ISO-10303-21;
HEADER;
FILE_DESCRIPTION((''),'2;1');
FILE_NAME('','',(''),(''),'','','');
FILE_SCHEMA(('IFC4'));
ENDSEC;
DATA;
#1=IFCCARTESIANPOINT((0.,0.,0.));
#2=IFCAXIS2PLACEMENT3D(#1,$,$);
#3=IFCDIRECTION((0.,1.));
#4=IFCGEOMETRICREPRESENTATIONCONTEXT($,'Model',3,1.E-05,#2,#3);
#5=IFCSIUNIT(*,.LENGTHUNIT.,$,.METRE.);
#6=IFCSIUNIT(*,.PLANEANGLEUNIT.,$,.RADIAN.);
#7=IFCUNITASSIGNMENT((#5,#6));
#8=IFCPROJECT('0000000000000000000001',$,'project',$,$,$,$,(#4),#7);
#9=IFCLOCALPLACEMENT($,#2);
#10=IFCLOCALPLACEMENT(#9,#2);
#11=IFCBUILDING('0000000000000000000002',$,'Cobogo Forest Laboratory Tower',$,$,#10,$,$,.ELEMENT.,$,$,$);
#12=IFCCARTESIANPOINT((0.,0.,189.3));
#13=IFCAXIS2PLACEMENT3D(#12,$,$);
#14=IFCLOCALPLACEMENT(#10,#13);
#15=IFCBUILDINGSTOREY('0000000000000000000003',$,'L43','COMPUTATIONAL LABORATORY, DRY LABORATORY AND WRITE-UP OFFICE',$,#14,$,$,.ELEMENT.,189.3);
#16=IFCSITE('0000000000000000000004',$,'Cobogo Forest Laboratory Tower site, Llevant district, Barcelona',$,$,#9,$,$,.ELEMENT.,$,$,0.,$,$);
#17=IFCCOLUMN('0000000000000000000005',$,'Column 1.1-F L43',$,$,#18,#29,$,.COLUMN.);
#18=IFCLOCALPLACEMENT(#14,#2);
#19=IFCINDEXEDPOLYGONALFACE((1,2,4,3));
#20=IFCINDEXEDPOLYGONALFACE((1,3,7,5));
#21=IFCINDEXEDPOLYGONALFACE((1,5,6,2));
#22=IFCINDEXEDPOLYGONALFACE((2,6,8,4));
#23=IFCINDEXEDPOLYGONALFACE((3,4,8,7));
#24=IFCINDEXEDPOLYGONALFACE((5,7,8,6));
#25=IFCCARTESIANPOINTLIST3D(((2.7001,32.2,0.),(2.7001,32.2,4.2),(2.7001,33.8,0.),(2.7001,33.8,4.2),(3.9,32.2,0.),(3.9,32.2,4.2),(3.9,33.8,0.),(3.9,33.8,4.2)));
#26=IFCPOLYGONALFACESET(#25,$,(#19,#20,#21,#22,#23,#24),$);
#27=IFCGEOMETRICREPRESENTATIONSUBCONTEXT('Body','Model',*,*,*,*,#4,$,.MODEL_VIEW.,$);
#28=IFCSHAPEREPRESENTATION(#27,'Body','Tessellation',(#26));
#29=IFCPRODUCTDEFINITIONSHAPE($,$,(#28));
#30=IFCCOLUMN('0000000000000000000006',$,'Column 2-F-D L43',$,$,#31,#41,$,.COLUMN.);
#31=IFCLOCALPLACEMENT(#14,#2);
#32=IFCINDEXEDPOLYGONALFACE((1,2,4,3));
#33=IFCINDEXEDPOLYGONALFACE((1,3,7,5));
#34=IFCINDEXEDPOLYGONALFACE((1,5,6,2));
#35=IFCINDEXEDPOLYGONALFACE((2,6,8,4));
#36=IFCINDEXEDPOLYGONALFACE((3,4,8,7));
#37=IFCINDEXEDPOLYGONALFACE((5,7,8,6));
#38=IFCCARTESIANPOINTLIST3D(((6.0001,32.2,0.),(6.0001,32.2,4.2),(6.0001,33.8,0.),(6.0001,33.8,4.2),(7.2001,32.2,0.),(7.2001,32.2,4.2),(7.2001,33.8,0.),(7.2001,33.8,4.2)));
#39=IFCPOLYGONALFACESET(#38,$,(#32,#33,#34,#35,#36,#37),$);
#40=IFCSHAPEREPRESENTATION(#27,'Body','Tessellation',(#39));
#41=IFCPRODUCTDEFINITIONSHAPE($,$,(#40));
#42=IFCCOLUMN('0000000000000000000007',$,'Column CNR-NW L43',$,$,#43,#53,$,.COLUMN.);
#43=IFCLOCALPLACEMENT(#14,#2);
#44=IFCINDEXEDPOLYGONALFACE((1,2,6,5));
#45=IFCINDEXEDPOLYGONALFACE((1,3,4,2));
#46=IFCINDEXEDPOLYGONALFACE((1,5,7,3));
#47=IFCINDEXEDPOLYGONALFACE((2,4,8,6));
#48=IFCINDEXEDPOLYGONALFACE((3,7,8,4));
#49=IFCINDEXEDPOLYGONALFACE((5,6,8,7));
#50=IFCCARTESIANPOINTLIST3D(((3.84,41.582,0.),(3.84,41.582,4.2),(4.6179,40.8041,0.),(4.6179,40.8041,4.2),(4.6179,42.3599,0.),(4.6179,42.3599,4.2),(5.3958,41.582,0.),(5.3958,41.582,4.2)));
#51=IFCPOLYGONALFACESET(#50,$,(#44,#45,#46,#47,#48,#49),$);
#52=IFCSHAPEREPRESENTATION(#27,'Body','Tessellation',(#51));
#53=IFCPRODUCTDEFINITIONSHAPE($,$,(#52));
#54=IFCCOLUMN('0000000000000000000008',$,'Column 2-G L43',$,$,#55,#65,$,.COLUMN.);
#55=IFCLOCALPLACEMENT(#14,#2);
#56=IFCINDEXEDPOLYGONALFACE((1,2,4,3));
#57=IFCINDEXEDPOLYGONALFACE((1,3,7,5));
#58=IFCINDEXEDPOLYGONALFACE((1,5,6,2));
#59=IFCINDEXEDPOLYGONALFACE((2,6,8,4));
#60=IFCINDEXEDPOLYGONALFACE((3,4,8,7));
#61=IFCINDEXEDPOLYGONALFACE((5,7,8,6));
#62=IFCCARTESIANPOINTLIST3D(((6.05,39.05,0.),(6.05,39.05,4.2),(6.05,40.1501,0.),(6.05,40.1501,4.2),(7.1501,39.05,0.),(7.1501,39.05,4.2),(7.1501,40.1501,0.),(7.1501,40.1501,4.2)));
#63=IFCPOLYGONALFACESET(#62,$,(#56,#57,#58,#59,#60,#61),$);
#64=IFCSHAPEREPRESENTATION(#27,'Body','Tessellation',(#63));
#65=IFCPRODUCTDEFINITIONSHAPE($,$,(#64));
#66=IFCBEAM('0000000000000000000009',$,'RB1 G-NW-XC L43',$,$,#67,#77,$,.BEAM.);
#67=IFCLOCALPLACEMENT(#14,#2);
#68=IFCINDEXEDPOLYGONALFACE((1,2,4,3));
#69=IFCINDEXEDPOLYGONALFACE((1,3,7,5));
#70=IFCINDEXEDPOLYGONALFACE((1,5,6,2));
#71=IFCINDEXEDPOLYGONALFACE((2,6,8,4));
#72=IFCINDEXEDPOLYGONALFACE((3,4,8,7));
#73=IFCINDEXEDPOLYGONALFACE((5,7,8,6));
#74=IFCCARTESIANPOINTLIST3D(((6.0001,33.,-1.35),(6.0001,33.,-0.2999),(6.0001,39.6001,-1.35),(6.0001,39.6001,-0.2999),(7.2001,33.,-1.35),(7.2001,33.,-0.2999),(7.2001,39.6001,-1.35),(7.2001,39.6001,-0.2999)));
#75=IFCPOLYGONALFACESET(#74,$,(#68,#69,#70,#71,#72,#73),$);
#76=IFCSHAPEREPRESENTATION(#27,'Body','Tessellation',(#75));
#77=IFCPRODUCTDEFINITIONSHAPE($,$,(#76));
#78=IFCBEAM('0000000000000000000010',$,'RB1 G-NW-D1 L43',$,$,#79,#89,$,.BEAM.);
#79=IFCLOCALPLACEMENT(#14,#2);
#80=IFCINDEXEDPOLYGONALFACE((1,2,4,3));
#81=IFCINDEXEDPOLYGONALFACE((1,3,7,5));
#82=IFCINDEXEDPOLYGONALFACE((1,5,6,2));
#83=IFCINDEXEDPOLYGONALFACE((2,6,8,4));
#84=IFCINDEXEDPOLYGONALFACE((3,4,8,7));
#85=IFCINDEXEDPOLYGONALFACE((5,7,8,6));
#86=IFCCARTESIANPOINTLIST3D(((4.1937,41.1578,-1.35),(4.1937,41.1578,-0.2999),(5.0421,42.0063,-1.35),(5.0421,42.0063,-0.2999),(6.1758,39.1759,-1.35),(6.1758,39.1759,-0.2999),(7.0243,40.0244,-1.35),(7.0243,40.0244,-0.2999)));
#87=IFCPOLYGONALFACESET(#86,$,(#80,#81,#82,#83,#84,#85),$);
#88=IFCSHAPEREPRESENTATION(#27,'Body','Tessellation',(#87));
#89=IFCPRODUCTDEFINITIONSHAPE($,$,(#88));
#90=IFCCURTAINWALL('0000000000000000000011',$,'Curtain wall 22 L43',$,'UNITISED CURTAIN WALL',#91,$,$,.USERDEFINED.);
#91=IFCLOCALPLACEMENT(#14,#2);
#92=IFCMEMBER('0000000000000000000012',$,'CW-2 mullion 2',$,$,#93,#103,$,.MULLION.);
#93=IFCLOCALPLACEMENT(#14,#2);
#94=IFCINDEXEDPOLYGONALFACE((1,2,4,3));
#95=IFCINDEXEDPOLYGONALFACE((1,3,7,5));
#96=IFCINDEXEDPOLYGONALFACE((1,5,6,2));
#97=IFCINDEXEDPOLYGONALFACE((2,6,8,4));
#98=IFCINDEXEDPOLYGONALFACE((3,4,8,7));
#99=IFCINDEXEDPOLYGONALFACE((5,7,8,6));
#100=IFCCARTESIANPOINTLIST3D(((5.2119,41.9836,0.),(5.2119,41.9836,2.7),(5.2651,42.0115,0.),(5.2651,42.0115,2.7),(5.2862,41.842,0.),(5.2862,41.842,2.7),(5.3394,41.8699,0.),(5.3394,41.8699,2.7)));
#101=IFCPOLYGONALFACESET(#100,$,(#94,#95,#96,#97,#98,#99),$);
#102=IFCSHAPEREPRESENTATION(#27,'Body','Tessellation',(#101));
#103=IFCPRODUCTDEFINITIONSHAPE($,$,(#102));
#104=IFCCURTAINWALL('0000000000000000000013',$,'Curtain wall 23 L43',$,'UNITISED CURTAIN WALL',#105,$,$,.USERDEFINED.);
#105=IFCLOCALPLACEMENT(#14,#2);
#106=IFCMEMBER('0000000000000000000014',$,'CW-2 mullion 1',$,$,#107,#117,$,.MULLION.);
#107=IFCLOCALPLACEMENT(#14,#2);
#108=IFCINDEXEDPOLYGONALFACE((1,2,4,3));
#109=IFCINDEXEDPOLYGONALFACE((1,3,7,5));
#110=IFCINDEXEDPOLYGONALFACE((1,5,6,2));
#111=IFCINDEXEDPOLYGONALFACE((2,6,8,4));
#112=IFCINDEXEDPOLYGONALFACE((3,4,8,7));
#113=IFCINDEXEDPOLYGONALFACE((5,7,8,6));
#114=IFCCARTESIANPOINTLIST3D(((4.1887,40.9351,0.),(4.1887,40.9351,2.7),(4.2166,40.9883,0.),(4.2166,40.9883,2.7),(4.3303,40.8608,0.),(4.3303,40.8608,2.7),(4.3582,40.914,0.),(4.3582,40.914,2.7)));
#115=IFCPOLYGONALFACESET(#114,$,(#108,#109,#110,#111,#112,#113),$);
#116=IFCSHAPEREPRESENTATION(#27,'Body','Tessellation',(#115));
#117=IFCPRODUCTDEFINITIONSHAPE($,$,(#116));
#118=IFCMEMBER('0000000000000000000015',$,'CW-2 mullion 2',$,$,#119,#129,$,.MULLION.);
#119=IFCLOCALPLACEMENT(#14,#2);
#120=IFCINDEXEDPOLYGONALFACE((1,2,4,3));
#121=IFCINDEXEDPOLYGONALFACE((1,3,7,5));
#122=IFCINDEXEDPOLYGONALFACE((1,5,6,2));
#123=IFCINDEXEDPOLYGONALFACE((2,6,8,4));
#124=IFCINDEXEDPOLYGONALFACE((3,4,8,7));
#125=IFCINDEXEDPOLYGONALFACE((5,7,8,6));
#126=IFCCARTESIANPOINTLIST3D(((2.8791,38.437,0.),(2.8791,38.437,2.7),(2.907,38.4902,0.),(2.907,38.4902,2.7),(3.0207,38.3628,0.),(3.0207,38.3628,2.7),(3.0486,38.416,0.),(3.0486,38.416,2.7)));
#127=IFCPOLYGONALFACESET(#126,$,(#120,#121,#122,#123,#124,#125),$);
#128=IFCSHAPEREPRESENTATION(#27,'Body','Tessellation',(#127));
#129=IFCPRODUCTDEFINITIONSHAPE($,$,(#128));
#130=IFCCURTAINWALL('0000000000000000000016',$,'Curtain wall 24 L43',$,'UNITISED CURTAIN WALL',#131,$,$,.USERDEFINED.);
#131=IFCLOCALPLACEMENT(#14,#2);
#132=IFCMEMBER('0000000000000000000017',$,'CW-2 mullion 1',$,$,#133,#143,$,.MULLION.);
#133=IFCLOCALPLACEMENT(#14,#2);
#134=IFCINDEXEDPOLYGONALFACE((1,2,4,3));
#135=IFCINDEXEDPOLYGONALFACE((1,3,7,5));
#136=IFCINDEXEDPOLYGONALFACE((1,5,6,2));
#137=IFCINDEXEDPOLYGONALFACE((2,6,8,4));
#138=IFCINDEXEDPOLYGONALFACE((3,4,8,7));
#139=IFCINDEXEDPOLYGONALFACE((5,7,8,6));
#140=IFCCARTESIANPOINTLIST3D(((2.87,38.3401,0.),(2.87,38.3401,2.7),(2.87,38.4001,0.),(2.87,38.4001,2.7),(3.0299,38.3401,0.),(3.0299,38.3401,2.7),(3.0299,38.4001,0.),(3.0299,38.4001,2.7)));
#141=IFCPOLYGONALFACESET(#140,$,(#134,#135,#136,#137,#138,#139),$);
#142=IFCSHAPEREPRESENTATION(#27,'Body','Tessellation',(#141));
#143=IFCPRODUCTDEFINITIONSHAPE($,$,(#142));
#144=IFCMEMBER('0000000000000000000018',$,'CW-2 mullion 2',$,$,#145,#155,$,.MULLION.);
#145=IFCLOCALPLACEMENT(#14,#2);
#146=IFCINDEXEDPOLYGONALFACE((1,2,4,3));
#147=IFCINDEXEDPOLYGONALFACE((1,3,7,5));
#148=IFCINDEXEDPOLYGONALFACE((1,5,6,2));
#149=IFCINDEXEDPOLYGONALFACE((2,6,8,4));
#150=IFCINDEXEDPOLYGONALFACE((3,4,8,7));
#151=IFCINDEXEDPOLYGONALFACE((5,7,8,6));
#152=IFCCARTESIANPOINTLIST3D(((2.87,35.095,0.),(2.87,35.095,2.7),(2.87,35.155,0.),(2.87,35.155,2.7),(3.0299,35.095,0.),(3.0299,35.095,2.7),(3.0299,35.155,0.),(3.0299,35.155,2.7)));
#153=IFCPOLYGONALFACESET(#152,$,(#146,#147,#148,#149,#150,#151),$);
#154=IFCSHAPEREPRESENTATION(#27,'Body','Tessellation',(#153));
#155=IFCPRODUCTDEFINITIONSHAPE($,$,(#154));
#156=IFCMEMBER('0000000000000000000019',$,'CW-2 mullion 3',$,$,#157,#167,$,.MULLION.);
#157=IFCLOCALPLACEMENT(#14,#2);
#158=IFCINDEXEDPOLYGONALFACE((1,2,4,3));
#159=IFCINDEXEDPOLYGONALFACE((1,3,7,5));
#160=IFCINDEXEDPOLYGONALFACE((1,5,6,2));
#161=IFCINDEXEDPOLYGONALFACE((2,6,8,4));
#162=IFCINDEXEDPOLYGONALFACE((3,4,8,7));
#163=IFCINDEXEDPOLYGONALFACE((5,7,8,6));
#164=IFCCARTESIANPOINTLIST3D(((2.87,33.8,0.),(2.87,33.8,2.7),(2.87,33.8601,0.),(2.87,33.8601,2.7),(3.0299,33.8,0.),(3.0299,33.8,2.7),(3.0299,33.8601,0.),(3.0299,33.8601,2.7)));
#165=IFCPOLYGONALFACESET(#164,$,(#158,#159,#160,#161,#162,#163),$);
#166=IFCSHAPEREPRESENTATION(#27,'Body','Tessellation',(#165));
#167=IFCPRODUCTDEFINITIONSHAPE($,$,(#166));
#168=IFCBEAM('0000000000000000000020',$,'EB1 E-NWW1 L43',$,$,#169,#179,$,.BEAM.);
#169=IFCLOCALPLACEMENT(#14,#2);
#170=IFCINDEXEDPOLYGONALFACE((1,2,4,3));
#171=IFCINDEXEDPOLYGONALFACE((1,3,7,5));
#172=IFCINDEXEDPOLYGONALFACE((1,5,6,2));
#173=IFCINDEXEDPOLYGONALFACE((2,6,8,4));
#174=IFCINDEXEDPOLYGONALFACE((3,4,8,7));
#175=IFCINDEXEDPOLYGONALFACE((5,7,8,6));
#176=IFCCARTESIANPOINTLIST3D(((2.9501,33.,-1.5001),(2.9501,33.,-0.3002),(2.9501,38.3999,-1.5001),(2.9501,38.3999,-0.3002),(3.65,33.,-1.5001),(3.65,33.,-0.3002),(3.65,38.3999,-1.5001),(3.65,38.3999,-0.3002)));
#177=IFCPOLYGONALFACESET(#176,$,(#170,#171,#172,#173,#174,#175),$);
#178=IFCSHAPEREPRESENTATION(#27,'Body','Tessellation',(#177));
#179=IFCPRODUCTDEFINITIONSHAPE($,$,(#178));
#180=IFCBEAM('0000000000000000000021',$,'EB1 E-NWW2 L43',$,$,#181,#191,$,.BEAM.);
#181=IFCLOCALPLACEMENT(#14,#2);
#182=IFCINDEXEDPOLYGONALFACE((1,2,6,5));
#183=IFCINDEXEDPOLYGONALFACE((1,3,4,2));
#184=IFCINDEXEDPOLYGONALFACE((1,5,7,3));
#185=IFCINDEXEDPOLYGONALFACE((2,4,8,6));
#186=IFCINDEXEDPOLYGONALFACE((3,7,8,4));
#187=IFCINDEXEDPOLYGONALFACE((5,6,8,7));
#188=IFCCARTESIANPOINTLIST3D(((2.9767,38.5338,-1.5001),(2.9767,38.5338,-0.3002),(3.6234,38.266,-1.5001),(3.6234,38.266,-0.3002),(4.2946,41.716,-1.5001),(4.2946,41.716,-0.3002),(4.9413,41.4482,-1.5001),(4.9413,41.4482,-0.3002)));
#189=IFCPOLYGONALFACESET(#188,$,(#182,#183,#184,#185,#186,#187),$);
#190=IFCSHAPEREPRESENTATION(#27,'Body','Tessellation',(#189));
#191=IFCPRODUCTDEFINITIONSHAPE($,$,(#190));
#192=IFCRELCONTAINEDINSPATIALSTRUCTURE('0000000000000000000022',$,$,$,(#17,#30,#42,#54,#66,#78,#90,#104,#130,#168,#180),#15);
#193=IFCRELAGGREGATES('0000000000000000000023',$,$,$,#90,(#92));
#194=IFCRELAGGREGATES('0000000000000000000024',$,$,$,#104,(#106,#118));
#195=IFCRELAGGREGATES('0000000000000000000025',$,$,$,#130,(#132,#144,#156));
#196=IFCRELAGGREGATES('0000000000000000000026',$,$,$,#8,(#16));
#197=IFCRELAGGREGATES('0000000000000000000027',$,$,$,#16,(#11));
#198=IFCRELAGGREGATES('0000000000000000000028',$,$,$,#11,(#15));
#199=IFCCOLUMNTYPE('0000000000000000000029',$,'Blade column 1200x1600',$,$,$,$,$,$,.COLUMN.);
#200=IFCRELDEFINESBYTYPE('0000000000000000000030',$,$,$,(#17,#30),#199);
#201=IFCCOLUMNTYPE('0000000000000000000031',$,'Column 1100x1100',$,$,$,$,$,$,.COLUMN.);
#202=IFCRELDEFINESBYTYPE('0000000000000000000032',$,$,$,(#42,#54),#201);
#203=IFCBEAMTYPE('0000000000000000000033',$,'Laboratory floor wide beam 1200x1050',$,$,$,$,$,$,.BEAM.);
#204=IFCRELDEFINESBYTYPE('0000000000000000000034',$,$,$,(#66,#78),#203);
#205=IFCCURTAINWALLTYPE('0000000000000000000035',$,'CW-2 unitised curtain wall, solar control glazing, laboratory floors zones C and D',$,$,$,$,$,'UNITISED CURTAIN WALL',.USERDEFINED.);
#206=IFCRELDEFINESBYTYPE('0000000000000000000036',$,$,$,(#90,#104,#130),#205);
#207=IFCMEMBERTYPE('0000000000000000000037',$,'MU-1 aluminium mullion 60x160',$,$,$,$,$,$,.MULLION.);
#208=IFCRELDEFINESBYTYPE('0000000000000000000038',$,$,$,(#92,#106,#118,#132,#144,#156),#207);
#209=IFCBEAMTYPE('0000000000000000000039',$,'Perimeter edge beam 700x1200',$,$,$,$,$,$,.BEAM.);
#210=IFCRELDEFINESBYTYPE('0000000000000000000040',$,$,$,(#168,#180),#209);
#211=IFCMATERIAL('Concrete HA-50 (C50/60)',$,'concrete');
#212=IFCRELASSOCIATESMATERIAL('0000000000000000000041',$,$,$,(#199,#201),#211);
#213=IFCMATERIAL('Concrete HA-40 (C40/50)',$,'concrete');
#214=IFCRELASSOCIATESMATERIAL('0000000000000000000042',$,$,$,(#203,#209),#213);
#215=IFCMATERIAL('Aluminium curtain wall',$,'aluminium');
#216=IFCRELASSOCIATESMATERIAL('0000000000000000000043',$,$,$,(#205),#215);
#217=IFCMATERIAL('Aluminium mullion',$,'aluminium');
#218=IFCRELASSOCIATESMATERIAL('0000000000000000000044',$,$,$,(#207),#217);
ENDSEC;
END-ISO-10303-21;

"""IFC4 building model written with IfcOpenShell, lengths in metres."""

from ifc_helpers import new_model, si_unit, direction, frame, origin, origin_2d, place, context, subcontext, project, spatial, rectangle, extrude, material, material_profile, profile_set, type_object, element, aggregate, save


model = new_model("IFC4")

# Units and contexts
model_context = context("Model", 3, precision=1e-05, world=origin(), true_north=direction((0.0, 1.0)))
body_context = subcontext(model_context, "Body", "Model", "MODEL_VIEW")
ifc_project = project(units=[si_unit("LENGTHUNIT", "METRE"), si_unit("PLANEANGLEUNIT", "RADIAN")], contexts=[model_context])

# Site, building, storey
site_placement = place(None, origin())
site = spatial("IfcSite", under=ifc_project, at=site_placement, Name="Cobogo Forest Laboratory Tower site, Llevant district, Barcelona", CompositionType="ELEMENT", RefElevation=0.0)
building_placement = place(site_placement, origin())
building = spatial("IfcBuilding", under=site, at=building_placement, Name="Cobogo Forest Laboratory Tower", CompositionType="ELEMENT")
storey_placement = place(building_placement, frame((0.0, 0.0, 189.3)))
storey = spatial("IfcBuildingStorey", under=building, at=storey_placement, Name="L43", Description="COMPUTATIONAL LABORATORY, DRY LABORATORY AND WRITE-UP OFFICE", CompositionType="ELEMENT", Elevation=189.3)

# Columns
ifc_material_1 = material(Name="Concrete HA-50 (C50/60)", Category="concrete")
ifc_material_profile_1 = material_profile(ifc_material_1, rectangle(XDim=1.6001, YDim=1.2, at=origin_2d()), Name="RC 1200x1600")
ifc_profile_set_1 = profile_set([ifc_material_profile_1], Name="Concrete HA-50 (C50/60)")
column_type_1 = type_object("IfcColumnType", Name="Blade column 1200x1600", PredefinedType="COLUMN", material=ifc_profile_set_1)
for number, where, z_axis, x_axis, name in (
    (1, (3.3, 33.0, 0.0), (0.0, 0.0, 1.0), (0.0, 1.0, 0.0), "Column 1.1-F L43"),
    (2, (6.6001, 33.0, 0.0), (0.0, 0.0, 1.0), (0.0, 1.0, 0.0), "Column 2-F-D L43"),
):
    element("IfcColumn", number, at=place(storey_placement, frame(where, z_axis=z_axis, x_axis=x_axis)), inside=storey, type_object=column_type_1, Name=name, PredefinedType="COLUMN", context=body_context, shape_type="SweptSolid", body=[
        extrude(rectangle(XDim=1.6001, YDim=1.2, at=origin_2d()), origin(), (0.0, 0.0, 1.0), 4.2),
    ])
ifc_material_profile_2 = material_profile(ifc_material_1, rectangle(XDim=1.1001, YDim=1.1001, at=origin_2d()), Name="RC 1100x1100")
ifc_profile_set_2 = profile_set([ifc_material_profile_2], Name="Concrete HA-50 (C50/60)")
column_type_2 = type_object("IfcColumnType", Name="Column 1100x1100", PredefinedType="COLUMN", material=ifc_profile_set_2)
for number, where, z_axis, x_axis, name in (
    (3, (4.6179, 41.582, 0.0), (0.0, 0.0, 1.0), (0.707107, 0.707107, 0.0), "Column CNR-NW L43"),
    (4, (6.6001, 39.6001, 0.0), (0.0, 0.0, 1.0), (1.0, 0.0, 0.0), "Column 2-G L43"),
):
    element("IfcColumn", number, at=place(storey_placement, frame(where, z_axis=z_axis, x_axis=x_axis)), inside=storey, type_object=column_type_2, Name=name, PredefinedType="COLUMN", context=body_context, shape_type="SweptSolid", body=[
        extrude(rectangle(XDim=1.1001, YDim=1.1001, at=origin_2d()), origin(), (0.0, 0.0, 1.0), 4.2),
    ])

# Beams
ifc_material_2 = material(Name="Concrete HA-40 (C40/50)", Category="concrete")
ifc_material_profile_3 = material_profile(ifc_material_2, rectangle(XDim=1.2, YDim=1.05, at=origin_2d()), Name="RC 1200x1050")
ifc_profile_set_3 = profile_set([ifc_material_profile_3], Name="Concrete HA-40 (C40/50)")
beam_type_1 = type_object("IfcBeamType", Name="Laboratory floor wide beam 1200x1050", PredefinedType="BEAM", material=ifc_profile_set_3)
beam_1_placement = place(storey_placement, frame((6.6001, 39.6001, -0.825), z_axis=(0.0, -1.0, 0.0), x_axis=(1.0, 0.0, 0.0)))
element("IfcBeam", 5, at=beam_1_placement, inside=storey, type_object=beam_type_1, Name="RB1 G-NW-XC L43", PredefinedType="BEAM", context=body_context, shape_type="SweptSolid", body=[
    extrude(rectangle(XDim=1.2, YDim=1.05, at=origin_2d()), origin(), (0.0, 0.0, 1.0), 6.6001),
])
beam_2_placement = place(storey_placement, frame((4.6179, 41.582, -0.825), z_axis=(0.70715, -0.707063, 0.0), x_axis=(0.707063, 0.70715, 0.0)))
element("IfcBeam", 6, at=beam_2_placement, inside=storey, type_object=beam_type_1, Name="RB1 G-NW-D1 L43", PredefinedType="BEAM", context=body_context, shape_type="SweptSolid", body=[
    extrude(rectangle(XDim=1.2, YDim=1.05, at=origin_2d()), origin(), (0.0, 0.0, 1.0), 2.803),
])

# Curtain wall, member
ifc_material_3 = material(Name="Aluminium curtain wall", Category="aluminium")
curtain_wall_type = type_object("IfcCurtainWallType", Name="CW-2 unitised curtain wall, solar control glazing, laboratory floors zones C and D", ElementType="UNITISED CURTAIN WALL", PredefinedType="USERDEFINED", material=ifc_material_3)
curtain_wall_1_placement = place(storey_placement, origin())
curtain_wall_1 = element("IfcCurtainWall", 7, at=curtain_wall_1_placement, inside=storey, type_object=curtain_wall_type, Name="Curtain wall 22 L43", ObjectType="UNITISED CURTAIN WALL", PredefinedType="USERDEFINED")
ifc_material_4 = material(Name="Aluminium mullion", Category="aluminium")
ifc_material_profile_4 = material_profile(ifc_material_4, rectangle(XDim=0.0601, YDim=0.1599, at=origin_2d()), Name="AL 60x160")
ifc_profile_set_4 = profile_set([ifc_material_profile_4], Name="Aluminium mullion")
member_type_1 = type_object("IfcMemberType", Name="MU-1 aluminium mullion 60x160", PredefinedType="MULLION", material=ifc_profile_set_4)
member_1_placement = place(storey_placement, frame((5.2756, 41.9268, 0.0), z_axis=(0.0, 0.0, 1.0), x_axis=(-0.885686, -0.464284, 0.0)))
member_1 = element("IfcMember", 8, at=member_1_placement, type_object=member_type_1, Name="CW-2 mullion 2", PredefinedType="MULLION", context=body_context, shape_type="SweptSolid", body=[
    extrude(rectangle(XDim=0.0601, YDim=0.1599, at=origin_2d()), origin(), (0.0, 0.0, 1.0), 2.7),
])

# Curtain walls, members
curtain_wall_2_placement = place(storey_placement, origin())
curtain_wall_2 = element("IfcCurtainWall", 9, at=curtain_wall_2_placement, inside=storey, type_object=curtain_wall_type, Name="Curtain wall 23 L43", ObjectType="UNITISED CURTAIN WALL", PredefinedType="USERDEFINED")
member_2_placement = place(storey_placement, frame((4.2734, 40.9246, 0.0), z_axis=(0.0, 0.0, 1.0), x_axis=(-0.464284, -0.885686, 0.0)))
member_2 = element("IfcMember", 10, at=member_2_placement, type_object=member_type_1, Name="CW-2 mullion 1", PredefinedType="MULLION", context=body_context, shape_type="SweptSolid", body=[
    extrude(rectangle(XDim=0.0601, YDim=0.1599, at=origin_2d()), origin(), (0.0, 0.0, 1.0), 2.7),
])
member_3_placement = place(storey_placement, frame((2.9639, 38.4265, 0.0), z_axis=(0.0, 0.0, 1.0), x_axis=(-0.464284, -0.885686, 0.0)))
member_3 = element("IfcMember", 11, at=member_3_placement, type_object=member_type_1, Name="CW-2 mullion 2", PredefinedType="MULLION", context=body_context, shape_type="SweptSolid", body=[
    extrude(rectangle(XDim=0.0601, YDim=0.1599, at=origin_2d()), origin(), (0.0, 0.0, 1.0), 2.7),
])
curtain_wall_3_placement = place(storey_placement, origin())
curtain_wall_3 = element("IfcCurtainWall", 12, at=curtain_wall_3_placement, inside=storey, type_object=curtain_wall_type, Name="Curtain wall 24 L43", ObjectType="UNITISED CURTAIN WALL", PredefinedType="USERDEFINED")
member_4_placement = place(storey_placement, frame((2.95, 38.3701, 0.0), z_axis=(0.0, 0.0, 1.0), x_axis=(0.0, -1.0, 0.0)))
member_4 = element("IfcMember", 13, at=member_4_placement, type_object=member_type_1, Name="CW-2 mullion 1", PredefinedType="MULLION", context=body_context, shape_type="SweptSolid", body=[
    extrude(rectangle(XDim=0.0601, YDim=0.1599, at=origin_2d()), origin(), (0.0, 0.0, 1.0), 2.7),
])
member_5_placement = place(storey_placement, frame((2.95, 35.125, 0.0), z_axis=(0.0, 0.0, 1.0), x_axis=(0.0, -1.0, 0.0)))
member_5 = element("IfcMember", 14, at=member_5_placement, type_object=member_type_1, Name="CW-2 mullion 2", PredefinedType="MULLION", context=body_context, shape_type="SweptSolid", body=[
    extrude(rectangle(XDim=0.0601, YDim=0.1599, at=origin_2d()), origin(), (0.0, 0.0, 1.0), 2.7),
])
member_6_placement = place(storey_placement, frame((2.95, 33.8301, 0.0), z_axis=(0.0, 0.0, 1.0), x_axis=(0.0, -1.0, 0.0)))
member_6 = element("IfcMember", 15, at=member_6_placement, type_object=member_type_1, Name="CW-2 mullion 3", PredefinedType="MULLION", context=body_context, shape_type="SweptSolid", body=[
    extrude(rectangle(XDim=0.0601, YDim=0.1599, at=origin_2d()), origin(), (0.0, 0.0, 1.0), 2.7),
])

# Beams
ifc_material_profile_5 = material_profile(ifc_material_2, rectangle(XDim=0.7, YDim=1.2, at=origin_2d()), Name="RC 700x1200")
ifc_profile_set_5 = profile_set([ifc_material_profile_5], Name="Concrete HA-40 (C40/50)")
beam_type_2 = type_object("IfcBeamType", Name="Perimeter edge beam 700x1200", PredefinedType="BEAM", material=ifc_profile_set_5)
beam_3_placement = place(storey_placement, frame((3.3, 33.0, -0.9001), z_axis=(0.0, 1.0, 0.0), x_axis=(-1.0, 0.0, 0.0)))
element("IfcBeam", 16, at=beam_3_placement, inside=storey, type_object=beam_type_2, Name="EB1 E-NWW1 L43", PredefinedType="BEAM", context=body_context, shape_type="SweptSolid", body=[
    extrude(rectangle(XDim=0.7, YDim=1.2, at=origin_2d()), origin(), (0.0, 0.0, 1.0), 5.3999),
])
beam_4_placement = place(storey_placement, frame((3.3, 38.3999, -0.9001), z_axis=(0.382631, 0.923901, 0.0), x_axis=(-0.923901, 0.382631, 0.0)))
element("IfcBeam", 17, at=beam_4_placement, inside=storey, type_object=beam_type_2, Name="EB1 E-NWW2 L43", PredefinedType="BEAM", context=body_context, shape_type="SweptSolid", body=[
    extrude(rectangle(XDim=0.7, YDim=1.2, at=origin_2d()), origin(), (0.0, 0.0, 1.0), 3.4443),
])

aggregate(curtain_wall_1, [member_1])
aggregate(curtain_wall_2, [member_2, member_3])
aggregate(curtain_wall_3, [member_4, member_5, member_6])

save(model, "model.ifc")
